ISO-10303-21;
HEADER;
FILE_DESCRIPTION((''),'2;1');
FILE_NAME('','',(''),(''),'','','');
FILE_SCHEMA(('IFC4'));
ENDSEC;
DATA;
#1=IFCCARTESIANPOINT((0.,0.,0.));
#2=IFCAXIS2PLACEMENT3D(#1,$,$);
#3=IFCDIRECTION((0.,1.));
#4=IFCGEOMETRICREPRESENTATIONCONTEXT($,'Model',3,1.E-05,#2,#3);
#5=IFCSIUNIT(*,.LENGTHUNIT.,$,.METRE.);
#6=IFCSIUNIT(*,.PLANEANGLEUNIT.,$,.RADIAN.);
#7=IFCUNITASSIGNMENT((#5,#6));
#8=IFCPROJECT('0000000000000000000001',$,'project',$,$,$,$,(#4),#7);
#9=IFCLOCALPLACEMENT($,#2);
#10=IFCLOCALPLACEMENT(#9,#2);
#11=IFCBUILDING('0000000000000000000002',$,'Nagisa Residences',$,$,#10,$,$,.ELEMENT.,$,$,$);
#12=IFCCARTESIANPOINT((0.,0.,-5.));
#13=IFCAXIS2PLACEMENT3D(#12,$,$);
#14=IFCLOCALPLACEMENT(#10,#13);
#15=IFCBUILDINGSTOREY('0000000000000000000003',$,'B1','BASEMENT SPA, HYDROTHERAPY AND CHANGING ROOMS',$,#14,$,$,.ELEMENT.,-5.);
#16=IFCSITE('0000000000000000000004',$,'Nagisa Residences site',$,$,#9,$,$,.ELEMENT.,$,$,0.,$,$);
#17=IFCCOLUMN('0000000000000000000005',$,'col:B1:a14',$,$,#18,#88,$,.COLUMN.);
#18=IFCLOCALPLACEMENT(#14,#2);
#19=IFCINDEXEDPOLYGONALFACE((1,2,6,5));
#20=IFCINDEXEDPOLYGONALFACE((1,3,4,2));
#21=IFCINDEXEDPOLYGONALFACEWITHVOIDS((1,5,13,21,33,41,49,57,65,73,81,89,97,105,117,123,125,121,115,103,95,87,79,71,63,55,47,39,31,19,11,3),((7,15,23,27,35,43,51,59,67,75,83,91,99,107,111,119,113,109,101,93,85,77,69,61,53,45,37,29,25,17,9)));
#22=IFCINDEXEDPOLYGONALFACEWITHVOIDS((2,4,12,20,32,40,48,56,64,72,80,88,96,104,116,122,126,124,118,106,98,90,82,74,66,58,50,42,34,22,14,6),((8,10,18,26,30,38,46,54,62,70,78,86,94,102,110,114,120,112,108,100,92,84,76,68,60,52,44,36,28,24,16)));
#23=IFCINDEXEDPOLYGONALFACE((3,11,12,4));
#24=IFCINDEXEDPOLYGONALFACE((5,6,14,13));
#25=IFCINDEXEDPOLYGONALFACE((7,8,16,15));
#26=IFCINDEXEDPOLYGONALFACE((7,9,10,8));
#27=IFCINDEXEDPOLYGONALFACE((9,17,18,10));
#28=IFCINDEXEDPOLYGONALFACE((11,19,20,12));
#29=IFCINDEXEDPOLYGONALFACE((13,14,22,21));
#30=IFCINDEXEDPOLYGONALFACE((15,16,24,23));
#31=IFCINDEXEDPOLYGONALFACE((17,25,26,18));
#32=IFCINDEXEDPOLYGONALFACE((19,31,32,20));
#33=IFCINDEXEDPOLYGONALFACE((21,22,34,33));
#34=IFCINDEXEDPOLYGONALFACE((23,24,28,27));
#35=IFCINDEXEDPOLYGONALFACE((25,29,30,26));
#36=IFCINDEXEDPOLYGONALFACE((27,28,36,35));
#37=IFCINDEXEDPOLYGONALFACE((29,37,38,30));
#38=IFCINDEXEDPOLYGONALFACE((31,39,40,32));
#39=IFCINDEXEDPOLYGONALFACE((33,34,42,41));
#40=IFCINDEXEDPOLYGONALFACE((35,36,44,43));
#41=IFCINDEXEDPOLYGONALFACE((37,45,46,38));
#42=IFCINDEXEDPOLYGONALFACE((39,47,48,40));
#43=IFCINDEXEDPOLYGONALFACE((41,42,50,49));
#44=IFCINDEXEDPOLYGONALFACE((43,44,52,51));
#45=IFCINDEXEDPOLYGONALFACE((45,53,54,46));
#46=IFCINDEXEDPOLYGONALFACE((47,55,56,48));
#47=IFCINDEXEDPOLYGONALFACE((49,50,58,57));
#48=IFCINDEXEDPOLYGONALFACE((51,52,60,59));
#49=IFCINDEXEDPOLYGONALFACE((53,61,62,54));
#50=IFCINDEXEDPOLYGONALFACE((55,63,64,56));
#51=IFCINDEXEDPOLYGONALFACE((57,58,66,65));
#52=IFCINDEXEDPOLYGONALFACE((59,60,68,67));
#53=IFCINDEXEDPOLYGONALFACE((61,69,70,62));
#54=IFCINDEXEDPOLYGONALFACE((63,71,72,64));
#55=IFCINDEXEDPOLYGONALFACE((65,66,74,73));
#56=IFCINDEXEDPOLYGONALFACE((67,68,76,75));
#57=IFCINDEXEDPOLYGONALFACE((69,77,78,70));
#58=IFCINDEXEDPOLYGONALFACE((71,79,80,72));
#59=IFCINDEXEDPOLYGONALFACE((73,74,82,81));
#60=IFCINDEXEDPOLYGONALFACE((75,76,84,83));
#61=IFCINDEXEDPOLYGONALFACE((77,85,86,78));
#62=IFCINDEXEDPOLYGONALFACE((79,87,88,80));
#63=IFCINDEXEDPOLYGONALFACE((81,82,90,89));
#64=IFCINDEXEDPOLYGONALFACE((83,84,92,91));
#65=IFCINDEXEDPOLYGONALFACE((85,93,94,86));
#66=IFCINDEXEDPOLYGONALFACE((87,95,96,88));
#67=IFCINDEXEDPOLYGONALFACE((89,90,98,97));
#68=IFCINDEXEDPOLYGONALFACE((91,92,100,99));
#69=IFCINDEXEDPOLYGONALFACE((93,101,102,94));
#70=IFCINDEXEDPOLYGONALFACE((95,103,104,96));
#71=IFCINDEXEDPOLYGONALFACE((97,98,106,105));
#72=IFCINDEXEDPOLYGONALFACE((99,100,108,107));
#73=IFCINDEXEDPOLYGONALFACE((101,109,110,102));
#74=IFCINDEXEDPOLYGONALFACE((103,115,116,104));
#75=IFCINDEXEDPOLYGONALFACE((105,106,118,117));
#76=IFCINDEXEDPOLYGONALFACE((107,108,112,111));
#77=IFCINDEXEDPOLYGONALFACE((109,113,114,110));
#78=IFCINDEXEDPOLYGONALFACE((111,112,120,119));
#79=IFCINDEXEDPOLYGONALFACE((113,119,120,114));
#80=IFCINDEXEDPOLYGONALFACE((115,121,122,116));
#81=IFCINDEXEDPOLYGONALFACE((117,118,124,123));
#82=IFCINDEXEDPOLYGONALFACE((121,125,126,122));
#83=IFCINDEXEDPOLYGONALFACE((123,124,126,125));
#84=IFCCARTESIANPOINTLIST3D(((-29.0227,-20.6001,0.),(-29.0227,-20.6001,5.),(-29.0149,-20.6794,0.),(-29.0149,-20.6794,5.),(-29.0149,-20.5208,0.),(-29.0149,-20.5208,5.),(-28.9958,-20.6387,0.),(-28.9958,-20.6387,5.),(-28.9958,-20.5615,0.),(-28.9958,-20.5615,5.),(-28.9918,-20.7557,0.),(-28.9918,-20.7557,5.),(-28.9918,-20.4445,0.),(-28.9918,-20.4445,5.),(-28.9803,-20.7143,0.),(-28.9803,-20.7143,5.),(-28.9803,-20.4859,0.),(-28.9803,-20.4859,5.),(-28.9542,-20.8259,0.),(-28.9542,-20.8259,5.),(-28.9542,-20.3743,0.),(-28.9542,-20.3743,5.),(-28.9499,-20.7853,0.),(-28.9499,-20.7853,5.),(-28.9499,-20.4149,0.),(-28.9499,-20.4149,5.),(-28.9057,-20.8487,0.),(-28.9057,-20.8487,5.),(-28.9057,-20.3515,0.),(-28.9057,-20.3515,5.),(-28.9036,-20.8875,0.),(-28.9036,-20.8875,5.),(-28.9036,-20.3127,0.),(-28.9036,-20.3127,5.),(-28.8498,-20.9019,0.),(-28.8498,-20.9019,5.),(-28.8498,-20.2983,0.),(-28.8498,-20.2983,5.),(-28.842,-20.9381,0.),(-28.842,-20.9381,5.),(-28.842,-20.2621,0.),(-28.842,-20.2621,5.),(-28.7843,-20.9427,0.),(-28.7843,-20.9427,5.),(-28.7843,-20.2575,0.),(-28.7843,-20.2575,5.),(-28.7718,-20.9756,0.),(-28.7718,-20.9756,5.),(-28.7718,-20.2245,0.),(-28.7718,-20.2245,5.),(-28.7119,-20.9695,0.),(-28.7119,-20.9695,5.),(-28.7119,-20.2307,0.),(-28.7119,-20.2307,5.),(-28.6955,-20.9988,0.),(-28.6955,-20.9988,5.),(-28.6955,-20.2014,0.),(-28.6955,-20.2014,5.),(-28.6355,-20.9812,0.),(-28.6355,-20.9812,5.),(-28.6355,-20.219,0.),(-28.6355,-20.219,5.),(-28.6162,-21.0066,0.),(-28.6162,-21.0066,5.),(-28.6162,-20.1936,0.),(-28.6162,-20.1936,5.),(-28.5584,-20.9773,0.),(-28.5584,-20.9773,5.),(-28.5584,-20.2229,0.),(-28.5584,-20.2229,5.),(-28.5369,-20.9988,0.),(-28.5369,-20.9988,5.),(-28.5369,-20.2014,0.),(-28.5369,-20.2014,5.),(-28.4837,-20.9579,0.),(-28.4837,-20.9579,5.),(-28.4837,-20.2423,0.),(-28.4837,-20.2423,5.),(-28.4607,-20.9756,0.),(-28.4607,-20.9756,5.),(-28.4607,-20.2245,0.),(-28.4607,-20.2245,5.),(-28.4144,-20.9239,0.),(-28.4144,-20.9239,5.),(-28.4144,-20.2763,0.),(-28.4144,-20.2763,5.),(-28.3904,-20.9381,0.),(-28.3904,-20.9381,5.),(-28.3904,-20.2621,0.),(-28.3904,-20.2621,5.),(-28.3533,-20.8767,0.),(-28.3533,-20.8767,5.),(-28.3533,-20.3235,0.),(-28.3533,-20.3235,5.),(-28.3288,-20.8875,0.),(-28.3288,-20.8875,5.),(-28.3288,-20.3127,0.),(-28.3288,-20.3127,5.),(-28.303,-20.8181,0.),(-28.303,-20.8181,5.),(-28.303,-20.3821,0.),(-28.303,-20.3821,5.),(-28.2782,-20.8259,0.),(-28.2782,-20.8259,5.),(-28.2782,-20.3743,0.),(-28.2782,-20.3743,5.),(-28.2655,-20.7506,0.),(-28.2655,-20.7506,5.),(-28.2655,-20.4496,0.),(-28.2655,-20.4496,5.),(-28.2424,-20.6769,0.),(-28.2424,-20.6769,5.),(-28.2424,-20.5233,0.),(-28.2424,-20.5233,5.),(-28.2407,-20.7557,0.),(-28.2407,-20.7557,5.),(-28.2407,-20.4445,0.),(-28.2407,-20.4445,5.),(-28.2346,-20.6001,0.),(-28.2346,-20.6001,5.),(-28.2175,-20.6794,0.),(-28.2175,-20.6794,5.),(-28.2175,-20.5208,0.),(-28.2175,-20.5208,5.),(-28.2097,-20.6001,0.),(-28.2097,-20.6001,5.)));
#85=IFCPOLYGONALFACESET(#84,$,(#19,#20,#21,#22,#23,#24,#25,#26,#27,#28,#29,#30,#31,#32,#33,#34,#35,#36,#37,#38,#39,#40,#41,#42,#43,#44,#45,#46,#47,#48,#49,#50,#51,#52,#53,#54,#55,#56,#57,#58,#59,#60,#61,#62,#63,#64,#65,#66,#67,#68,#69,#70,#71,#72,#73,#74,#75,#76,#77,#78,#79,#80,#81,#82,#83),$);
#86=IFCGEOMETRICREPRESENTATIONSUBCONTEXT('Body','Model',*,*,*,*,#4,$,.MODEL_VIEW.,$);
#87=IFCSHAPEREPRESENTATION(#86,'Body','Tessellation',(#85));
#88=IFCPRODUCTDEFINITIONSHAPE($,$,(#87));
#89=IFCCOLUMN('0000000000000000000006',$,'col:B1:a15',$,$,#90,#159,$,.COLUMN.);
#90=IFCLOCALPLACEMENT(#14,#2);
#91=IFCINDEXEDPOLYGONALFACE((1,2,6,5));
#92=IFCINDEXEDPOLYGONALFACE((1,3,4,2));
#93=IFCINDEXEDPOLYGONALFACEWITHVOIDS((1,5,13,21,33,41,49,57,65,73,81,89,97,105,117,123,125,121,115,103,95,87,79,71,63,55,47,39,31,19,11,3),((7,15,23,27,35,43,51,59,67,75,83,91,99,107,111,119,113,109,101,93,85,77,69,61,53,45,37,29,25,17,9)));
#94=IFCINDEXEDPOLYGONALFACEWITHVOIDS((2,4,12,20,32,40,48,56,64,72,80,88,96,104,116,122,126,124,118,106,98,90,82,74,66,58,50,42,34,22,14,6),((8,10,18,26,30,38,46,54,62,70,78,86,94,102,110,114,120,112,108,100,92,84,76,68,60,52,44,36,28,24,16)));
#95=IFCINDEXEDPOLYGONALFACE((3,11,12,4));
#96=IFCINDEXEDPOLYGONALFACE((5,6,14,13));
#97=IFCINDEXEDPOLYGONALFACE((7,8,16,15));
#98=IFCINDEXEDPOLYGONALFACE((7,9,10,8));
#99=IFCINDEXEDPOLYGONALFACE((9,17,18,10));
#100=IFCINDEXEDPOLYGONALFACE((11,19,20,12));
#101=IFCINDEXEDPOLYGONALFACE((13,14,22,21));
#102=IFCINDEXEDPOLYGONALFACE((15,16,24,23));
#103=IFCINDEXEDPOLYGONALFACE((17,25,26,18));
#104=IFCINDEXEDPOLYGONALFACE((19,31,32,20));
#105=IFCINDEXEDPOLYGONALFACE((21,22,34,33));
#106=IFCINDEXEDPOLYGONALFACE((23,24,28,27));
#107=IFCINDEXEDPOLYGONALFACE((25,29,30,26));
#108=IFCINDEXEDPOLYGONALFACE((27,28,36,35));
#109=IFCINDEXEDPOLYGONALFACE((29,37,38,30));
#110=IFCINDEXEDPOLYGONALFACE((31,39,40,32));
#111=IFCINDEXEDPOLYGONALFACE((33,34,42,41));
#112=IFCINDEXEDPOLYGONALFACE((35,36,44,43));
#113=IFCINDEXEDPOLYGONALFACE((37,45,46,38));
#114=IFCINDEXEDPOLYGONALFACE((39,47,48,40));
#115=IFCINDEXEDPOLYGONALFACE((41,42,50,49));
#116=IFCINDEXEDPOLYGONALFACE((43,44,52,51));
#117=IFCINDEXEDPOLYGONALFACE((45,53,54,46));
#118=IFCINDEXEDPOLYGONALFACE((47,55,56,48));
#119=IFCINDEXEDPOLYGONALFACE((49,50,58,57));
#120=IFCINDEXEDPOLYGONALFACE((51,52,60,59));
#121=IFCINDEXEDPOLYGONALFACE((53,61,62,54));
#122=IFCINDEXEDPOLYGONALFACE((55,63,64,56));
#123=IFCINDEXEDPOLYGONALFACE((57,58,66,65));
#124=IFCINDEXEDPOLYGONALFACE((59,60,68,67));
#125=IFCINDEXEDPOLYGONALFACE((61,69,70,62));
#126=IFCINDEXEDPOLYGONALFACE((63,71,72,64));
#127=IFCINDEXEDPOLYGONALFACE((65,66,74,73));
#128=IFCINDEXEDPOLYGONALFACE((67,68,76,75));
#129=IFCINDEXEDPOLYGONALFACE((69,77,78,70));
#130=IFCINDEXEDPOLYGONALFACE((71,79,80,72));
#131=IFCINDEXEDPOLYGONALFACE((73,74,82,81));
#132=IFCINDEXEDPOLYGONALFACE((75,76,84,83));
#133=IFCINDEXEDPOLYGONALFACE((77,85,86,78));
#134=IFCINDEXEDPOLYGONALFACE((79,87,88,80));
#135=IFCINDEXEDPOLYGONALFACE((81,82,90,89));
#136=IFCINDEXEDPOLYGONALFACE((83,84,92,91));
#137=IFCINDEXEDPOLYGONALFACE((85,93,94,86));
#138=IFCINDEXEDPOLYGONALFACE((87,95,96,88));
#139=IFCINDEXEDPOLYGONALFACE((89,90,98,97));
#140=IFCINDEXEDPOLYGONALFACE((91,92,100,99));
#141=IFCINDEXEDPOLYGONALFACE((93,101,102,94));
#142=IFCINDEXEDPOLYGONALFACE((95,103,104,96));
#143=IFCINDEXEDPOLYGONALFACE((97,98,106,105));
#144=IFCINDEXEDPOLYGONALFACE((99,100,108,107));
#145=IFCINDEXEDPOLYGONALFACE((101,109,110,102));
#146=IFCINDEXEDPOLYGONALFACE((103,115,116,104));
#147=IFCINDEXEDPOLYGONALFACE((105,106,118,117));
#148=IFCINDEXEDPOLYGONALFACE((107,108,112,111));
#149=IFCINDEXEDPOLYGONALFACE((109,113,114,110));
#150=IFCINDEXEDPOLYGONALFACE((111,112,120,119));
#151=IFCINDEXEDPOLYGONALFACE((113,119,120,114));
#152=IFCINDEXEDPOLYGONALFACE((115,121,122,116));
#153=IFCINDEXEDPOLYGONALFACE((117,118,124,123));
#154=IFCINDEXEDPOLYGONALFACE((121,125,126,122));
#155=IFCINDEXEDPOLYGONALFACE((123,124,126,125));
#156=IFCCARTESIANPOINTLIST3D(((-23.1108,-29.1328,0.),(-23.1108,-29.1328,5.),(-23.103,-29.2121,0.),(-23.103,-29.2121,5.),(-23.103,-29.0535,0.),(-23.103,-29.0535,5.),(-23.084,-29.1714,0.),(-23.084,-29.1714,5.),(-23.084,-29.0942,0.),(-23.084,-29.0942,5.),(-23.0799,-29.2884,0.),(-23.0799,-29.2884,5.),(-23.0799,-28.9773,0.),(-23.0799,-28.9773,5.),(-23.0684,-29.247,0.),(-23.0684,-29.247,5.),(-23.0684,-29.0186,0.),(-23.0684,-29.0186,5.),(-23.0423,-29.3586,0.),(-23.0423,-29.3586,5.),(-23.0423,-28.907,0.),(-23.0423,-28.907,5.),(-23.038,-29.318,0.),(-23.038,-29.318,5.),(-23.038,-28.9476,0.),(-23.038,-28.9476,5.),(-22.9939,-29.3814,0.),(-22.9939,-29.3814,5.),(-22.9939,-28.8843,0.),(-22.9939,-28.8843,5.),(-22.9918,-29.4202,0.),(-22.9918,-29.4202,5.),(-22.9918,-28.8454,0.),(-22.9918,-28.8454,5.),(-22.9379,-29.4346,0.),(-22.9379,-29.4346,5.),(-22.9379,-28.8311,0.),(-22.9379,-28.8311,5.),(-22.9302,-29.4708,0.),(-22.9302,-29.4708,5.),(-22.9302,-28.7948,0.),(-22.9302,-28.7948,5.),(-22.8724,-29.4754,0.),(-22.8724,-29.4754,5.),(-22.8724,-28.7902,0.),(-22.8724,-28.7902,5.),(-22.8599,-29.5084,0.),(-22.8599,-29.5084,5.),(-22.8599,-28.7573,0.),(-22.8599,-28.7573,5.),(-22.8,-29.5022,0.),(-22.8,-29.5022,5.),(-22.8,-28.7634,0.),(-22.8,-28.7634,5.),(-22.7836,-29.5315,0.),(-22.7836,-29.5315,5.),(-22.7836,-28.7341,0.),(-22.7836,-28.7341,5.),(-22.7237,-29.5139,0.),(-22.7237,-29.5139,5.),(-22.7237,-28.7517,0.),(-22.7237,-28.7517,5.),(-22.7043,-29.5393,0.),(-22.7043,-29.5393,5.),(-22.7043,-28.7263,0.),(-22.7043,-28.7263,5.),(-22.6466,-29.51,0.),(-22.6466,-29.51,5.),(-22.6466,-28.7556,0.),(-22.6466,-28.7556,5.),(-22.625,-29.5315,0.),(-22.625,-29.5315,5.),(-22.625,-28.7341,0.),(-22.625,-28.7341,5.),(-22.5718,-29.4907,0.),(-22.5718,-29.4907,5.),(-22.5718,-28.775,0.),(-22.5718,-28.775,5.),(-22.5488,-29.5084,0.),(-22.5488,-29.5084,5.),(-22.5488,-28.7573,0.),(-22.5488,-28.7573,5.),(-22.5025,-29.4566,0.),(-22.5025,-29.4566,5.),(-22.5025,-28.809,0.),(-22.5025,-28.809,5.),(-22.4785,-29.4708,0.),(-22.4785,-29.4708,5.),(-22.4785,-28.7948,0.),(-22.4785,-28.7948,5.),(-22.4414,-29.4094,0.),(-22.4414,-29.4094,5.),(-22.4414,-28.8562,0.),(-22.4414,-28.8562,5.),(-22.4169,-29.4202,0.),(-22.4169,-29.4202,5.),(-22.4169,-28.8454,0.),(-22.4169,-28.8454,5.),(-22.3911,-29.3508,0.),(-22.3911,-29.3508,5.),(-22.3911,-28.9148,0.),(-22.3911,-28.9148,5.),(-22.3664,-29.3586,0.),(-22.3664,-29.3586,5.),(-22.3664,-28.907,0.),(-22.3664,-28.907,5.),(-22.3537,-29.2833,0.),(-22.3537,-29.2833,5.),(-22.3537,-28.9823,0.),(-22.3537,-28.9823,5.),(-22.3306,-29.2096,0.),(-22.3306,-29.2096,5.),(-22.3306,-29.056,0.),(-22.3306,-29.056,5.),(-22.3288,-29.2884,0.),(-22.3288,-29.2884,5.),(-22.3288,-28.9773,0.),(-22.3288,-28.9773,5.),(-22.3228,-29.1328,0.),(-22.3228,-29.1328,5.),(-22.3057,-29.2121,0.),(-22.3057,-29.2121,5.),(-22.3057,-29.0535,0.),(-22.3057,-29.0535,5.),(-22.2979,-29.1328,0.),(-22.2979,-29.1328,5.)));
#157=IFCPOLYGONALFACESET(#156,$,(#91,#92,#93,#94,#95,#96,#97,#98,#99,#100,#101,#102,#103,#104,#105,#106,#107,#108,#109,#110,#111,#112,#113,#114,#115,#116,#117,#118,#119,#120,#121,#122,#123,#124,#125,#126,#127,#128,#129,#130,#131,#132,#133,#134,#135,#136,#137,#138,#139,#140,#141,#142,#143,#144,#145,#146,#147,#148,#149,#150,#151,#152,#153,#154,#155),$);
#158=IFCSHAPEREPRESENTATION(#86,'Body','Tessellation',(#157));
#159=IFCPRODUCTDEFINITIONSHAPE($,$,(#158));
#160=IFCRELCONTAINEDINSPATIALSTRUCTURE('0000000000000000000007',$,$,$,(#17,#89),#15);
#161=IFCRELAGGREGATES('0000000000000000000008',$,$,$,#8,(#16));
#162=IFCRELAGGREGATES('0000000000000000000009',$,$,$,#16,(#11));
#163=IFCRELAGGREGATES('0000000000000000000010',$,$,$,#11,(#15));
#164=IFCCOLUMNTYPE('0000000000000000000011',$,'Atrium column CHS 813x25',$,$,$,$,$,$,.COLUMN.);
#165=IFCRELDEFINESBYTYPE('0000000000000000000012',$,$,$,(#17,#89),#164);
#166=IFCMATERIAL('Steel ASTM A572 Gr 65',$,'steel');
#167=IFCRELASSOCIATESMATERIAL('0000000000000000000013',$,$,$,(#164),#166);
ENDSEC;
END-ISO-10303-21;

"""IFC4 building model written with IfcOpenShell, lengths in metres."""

from ifc_helpers import new_model, si_unit, direction, frame, origin, origin_2d, place, context, subcontext, project, spatial, hollow_circle, extrude, material, material_profile, profile_set, type_object, element, save


model = new_model("IFC4")

# Units and contexts
model_context = context("Model", 3, precision=1e-05, world=origin(), true_north=direction((0.0, 1.0)))
body_context = subcontext(model_context, "Body", "Model", "MODEL_VIEW")
ifc_project = project(units=[si_unit("LENGTHUNIT", "METRE"), si_unit("PLANEANGLEUNIT", "RADIAN")], contexts=[model_context])

# Site, building, storey
site_placement = place(None, origin())
site = spatial("IfcSite", under=ifc_project, at=site_placement, Name="Nagisa Residences site", CompositionType="ELEMENT", RefElevation=0.0)
building_placement = place(site_placement, origin())
building = spatial("IfcBuilding", under=site, at=building_placement, Name="Nagisa Residences", CompositionType="ELEMENT")
storey_placement = place(building_placement, frame((0.0, 0.0, -5.0)))
storey = spatial("IfcBuildingStorey", under=building, at=storey_placement, Name="B1", Description="BASEMENT SPA, HYDROTHERAPY AND CHANGING ROOMS", CompositionType="ELEMENT", Elevation=-5.0)

# Columns
ifc_material_1 = material(Name="Steel ASTM A572 Gr 65", Category="steel")
ifc_material_profile_1 = material_profile(ifc_material_1, hollow_circle(Radius=0.4065, WallThickness=0.0249, at=origin_2d()), Name="CHS 813x25")
ifc_profile_set_1 = profile_set([ifc_material_profile_1], Name="Steel ASTM A572 Gr 65")
column_type_1 = type_object("IfcColumnType", Name="Atrium column CHS 813x25", PredefinedType="COLUMN", material=ifc_profile_set_1)
for number, where, z_axis, x_axis, name in (
    (1, (-28.6162, -20.6001, 0.0), (0.0, 0.0, 1.0), (1.0, 0.0, 0.0), "col:B1:a14"),
    (2, (-22.7043, -29.1328, 0.0), (0.0, 0.0, 1.0), (1.0, 0.0, 0.0), "col:B1:a15"),
):
    element("IfcColumn", number, at=place(storey_placement, frame(where, z_axis=z_axis, x_axis=x_axis)), inside=storey, type_object=column_type_1, Name=name, PredefinedType="COLUMN", context=body_context, shape_type="SweptSolid", body=[
        extrude(hollow_circle(Radius=0.4065, WallThickness=0.0249, at=origin_2d()), origin(), (0.0, 0.0, 1.0), 5.0),
    ])

save(model, "model.ifc")
